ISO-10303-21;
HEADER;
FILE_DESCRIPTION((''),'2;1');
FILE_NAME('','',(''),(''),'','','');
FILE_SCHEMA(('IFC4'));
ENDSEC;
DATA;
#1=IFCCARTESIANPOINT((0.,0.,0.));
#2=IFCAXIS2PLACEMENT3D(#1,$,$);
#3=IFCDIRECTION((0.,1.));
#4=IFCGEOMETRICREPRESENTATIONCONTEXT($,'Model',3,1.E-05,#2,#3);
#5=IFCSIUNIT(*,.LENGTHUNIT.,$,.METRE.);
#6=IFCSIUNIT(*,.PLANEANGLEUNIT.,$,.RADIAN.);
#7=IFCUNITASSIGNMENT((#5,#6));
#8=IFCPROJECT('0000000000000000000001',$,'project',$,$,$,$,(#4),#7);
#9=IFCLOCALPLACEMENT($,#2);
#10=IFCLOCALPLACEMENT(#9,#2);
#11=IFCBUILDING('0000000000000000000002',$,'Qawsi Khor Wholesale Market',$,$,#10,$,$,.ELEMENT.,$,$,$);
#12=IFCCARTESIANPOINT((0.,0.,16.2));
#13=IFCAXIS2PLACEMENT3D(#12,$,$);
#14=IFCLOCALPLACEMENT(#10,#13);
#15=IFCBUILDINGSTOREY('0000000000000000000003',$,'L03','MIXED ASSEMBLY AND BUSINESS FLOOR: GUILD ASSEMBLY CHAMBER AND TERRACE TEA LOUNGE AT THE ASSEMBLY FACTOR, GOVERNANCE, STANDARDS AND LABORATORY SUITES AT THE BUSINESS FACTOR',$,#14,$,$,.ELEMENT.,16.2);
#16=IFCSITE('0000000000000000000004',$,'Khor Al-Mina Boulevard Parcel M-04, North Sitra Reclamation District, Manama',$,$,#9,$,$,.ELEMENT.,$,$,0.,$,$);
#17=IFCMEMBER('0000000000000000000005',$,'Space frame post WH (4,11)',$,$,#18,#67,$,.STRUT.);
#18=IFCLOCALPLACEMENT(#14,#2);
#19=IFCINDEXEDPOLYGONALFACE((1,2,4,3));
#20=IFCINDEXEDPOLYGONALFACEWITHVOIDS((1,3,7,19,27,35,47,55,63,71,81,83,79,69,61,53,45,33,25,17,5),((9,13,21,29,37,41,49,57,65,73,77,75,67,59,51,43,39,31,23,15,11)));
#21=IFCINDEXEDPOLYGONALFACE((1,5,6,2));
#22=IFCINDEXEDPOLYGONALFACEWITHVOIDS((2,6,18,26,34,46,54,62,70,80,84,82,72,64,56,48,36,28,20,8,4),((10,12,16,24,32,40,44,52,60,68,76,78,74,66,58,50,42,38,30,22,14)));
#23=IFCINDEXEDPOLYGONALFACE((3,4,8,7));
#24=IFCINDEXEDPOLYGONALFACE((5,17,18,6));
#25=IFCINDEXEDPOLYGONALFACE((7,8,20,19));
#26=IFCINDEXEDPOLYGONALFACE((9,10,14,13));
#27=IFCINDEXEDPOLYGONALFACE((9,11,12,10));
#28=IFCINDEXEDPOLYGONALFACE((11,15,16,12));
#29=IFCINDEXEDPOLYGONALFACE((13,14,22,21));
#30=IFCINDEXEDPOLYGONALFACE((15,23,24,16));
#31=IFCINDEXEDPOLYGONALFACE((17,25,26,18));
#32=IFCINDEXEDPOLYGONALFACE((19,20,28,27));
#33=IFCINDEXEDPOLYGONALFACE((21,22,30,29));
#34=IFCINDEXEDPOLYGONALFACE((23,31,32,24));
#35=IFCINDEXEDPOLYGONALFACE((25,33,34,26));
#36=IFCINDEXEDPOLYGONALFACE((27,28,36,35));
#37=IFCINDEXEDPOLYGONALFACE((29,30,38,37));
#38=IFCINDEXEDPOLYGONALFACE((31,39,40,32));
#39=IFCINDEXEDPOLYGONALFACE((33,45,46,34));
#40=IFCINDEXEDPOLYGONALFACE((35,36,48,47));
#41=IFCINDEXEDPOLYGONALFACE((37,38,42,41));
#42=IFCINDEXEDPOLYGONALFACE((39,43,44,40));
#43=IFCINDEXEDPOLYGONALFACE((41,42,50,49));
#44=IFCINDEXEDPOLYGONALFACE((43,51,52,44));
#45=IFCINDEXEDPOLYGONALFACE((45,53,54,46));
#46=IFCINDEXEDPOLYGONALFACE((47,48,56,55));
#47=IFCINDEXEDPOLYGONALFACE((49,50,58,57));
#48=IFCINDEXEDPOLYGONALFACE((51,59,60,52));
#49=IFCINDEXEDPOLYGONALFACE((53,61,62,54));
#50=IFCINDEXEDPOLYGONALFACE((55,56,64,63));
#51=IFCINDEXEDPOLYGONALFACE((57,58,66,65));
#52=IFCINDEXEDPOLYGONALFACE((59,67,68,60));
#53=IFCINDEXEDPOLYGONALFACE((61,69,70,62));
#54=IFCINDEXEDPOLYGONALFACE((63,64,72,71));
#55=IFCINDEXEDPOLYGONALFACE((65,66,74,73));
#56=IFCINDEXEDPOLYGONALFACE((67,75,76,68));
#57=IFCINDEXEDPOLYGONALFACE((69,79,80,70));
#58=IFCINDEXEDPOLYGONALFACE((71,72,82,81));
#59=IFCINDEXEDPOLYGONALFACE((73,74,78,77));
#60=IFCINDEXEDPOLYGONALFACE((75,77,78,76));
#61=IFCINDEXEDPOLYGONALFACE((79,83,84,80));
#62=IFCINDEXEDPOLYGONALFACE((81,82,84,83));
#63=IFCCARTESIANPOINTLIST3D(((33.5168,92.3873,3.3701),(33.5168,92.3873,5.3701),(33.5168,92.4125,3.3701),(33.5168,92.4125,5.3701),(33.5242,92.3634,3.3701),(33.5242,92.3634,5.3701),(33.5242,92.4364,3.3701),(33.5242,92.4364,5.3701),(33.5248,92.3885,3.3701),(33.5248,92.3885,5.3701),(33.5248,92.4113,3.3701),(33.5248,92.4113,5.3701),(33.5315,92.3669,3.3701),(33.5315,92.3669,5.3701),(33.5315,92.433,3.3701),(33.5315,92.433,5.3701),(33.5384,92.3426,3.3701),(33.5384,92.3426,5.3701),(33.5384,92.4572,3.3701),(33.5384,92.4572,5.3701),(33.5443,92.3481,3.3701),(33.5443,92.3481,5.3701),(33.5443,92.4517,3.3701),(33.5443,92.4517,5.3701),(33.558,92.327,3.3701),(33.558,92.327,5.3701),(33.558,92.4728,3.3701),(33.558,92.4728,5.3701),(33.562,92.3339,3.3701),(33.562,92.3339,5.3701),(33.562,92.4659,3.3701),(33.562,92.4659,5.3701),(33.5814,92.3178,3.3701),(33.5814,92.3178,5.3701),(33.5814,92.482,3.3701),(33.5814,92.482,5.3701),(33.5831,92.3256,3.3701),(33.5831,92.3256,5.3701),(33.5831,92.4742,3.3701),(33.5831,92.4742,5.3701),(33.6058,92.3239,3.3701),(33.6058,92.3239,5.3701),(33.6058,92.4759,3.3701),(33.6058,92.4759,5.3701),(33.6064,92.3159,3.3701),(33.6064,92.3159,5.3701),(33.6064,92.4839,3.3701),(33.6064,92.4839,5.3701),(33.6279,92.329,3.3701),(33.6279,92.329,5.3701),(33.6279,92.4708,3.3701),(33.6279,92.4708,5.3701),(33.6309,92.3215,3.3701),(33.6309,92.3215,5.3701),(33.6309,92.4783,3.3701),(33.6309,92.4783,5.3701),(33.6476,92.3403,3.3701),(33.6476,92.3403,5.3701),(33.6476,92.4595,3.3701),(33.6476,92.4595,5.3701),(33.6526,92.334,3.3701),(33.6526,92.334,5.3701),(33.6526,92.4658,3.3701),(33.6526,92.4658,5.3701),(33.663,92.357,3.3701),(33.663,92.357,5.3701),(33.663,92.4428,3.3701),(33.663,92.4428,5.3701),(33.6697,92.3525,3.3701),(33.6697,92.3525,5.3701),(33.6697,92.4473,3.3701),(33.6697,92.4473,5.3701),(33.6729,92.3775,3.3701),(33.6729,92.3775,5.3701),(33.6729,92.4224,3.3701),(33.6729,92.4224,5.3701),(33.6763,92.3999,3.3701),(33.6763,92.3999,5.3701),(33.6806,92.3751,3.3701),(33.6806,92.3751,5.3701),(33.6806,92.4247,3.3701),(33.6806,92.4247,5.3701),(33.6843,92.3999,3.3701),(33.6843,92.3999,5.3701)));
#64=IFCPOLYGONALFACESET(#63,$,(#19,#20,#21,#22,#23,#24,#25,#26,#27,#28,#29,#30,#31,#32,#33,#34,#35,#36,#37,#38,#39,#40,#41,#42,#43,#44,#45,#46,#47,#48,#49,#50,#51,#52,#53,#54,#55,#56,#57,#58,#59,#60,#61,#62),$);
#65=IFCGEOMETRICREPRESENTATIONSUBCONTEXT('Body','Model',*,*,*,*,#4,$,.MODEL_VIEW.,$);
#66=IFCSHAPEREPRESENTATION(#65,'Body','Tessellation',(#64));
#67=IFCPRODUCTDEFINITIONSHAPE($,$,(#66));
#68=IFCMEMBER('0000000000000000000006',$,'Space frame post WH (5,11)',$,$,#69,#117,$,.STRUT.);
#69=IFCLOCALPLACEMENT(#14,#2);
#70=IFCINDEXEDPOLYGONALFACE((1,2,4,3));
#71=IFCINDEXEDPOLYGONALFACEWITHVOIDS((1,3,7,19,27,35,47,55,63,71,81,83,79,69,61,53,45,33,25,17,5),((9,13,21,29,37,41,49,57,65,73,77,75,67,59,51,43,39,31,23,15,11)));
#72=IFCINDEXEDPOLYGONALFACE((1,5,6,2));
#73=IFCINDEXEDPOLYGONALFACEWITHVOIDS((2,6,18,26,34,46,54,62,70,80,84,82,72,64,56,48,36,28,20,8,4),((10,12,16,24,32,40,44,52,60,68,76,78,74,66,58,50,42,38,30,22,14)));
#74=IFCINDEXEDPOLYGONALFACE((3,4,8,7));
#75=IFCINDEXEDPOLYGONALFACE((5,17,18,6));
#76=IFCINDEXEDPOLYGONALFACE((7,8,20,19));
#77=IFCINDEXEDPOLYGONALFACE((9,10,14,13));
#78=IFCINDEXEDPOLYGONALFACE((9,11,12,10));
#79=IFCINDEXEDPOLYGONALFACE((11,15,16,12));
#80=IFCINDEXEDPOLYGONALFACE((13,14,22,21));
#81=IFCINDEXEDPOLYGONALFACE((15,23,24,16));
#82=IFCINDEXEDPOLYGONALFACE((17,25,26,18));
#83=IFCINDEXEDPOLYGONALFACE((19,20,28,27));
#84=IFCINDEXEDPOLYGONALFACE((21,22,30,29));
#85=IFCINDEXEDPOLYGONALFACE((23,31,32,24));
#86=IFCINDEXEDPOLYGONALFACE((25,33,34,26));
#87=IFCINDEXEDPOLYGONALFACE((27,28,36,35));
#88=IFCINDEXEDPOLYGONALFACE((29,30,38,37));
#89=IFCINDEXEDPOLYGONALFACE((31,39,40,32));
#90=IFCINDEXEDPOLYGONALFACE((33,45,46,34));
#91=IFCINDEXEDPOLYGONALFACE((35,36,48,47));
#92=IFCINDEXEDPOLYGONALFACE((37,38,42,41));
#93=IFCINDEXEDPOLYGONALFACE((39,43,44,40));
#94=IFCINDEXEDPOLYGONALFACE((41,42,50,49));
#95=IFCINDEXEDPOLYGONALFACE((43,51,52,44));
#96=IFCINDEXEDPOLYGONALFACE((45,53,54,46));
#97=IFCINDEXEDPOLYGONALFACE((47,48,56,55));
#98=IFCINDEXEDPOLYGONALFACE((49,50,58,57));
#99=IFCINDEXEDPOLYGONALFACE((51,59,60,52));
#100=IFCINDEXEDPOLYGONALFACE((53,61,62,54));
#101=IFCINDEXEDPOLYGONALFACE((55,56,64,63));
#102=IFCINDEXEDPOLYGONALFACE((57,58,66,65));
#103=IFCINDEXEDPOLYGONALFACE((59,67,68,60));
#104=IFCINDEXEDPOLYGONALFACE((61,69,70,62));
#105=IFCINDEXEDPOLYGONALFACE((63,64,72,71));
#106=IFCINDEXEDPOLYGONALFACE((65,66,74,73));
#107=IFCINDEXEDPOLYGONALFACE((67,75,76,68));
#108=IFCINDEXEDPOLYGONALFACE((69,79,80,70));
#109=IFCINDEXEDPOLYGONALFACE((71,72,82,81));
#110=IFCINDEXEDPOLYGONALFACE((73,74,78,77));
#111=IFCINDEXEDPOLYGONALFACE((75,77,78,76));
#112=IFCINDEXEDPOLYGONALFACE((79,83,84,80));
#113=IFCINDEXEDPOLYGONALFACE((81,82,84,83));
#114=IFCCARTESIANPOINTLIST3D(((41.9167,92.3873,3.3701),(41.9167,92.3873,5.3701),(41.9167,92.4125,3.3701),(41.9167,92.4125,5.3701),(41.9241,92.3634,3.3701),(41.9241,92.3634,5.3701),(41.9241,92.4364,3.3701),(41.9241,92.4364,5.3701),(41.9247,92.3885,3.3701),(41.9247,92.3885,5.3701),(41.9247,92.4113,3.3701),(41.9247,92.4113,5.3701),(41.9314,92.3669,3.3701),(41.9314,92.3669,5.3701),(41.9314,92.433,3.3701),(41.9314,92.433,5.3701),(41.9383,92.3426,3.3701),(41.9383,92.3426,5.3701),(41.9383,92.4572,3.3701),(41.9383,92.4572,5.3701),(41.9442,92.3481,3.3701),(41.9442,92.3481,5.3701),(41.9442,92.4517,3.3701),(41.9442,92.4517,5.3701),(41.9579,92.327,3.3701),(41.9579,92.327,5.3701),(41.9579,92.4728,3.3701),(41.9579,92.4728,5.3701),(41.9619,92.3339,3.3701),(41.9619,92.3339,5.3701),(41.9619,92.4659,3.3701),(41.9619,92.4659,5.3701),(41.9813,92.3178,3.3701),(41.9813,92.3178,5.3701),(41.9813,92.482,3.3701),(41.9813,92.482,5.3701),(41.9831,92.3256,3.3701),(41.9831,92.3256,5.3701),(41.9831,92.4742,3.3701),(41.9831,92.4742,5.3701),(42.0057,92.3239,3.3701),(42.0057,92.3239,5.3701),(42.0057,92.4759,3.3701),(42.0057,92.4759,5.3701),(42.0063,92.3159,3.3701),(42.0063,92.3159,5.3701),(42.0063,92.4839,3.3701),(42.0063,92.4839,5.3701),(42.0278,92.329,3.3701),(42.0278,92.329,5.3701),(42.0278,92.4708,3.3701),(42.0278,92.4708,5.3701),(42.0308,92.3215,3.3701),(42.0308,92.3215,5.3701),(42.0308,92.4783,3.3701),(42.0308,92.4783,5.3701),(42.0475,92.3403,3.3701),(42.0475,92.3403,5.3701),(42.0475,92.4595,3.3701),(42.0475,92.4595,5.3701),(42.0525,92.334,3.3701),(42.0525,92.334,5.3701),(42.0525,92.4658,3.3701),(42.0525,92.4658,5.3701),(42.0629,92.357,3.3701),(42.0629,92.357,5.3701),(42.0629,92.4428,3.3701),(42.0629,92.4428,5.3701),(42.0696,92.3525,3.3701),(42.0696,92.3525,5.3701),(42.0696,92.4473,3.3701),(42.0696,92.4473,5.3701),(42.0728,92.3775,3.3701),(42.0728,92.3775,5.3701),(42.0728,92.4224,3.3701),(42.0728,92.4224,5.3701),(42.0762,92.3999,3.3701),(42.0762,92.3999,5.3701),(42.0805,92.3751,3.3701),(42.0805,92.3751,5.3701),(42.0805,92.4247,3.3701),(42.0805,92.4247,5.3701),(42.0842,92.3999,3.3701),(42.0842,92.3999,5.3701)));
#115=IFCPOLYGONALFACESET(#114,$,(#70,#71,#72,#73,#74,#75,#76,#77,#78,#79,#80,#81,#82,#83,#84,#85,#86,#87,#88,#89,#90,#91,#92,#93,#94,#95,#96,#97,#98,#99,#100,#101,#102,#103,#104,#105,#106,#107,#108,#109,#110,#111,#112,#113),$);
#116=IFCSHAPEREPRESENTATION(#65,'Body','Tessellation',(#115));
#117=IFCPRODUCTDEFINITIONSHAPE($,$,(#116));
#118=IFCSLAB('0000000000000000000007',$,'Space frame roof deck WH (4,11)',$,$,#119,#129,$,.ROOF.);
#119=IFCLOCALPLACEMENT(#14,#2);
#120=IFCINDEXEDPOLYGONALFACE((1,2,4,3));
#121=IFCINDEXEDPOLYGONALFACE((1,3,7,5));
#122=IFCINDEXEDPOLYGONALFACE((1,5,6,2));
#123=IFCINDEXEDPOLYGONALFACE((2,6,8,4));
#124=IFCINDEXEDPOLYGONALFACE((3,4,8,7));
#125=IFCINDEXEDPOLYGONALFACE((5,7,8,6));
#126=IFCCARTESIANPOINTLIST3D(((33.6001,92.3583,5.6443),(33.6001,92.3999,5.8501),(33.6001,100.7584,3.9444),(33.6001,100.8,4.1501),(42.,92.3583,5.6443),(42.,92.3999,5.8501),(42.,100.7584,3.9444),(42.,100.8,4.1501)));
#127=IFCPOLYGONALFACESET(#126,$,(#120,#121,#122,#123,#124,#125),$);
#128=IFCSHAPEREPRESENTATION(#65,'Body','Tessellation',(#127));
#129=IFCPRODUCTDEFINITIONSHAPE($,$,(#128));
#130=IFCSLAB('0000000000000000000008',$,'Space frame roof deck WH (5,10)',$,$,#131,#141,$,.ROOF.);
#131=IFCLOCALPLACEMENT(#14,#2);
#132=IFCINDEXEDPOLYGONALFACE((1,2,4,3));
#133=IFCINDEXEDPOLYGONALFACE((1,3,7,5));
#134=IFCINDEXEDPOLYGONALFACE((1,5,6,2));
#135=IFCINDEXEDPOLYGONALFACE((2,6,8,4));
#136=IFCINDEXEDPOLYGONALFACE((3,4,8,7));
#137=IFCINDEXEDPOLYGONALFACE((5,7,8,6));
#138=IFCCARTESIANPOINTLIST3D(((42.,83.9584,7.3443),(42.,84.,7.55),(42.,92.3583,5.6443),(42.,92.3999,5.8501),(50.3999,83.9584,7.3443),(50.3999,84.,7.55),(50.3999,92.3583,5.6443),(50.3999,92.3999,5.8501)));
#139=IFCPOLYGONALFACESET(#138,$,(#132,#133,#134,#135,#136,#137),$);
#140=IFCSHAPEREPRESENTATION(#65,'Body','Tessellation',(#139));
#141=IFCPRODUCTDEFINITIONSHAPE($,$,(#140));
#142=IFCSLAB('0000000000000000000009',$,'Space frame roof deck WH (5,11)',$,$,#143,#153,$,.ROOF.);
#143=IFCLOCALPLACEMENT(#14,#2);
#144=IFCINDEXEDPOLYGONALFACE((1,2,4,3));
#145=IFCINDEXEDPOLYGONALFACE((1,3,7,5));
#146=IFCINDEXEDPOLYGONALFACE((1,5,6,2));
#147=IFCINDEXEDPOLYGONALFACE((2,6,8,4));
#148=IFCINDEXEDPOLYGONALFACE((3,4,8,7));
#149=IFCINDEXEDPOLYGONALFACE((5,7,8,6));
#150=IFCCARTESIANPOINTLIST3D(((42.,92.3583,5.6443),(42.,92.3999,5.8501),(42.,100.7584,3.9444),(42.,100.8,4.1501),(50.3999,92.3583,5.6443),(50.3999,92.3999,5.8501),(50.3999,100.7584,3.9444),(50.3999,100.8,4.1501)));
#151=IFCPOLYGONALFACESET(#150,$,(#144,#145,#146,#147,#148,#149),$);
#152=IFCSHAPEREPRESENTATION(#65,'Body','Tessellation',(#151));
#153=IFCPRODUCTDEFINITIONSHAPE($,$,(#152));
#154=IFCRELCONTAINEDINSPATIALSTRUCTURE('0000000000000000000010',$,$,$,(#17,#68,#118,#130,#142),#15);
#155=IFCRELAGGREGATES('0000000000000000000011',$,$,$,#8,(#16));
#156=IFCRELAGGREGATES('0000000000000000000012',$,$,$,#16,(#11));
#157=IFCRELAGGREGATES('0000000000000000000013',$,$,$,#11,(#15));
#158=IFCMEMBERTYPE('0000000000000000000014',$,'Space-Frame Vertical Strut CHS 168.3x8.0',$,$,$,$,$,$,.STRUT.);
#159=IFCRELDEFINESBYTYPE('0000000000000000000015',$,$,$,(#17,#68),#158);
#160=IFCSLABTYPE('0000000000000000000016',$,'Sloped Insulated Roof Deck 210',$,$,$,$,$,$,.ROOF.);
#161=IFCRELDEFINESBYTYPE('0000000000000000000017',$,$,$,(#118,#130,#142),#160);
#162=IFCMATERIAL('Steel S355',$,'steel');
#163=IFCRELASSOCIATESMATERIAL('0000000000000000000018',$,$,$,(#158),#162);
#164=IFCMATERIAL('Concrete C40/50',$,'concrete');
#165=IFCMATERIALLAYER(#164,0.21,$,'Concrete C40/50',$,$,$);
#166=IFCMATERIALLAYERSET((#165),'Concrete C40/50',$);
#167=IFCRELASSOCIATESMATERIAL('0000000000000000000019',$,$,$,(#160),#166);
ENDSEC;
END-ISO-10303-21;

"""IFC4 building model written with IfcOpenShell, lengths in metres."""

from ifc_helpers import new_model, si_unit, direction, frame, origin, origin_2d, place, context, subcontext, project, spatial, polyline, hollow_circle, outline, extrude, material, layer, layer_set, material_profile, profile_set, type_object, element, save


model = new_model("IFC4")

# Units and contexts
model_context = context("Model", 3, precision=1e-05, world=origin(), true_north=direction((0.0, 1.0)))
body_context = subcontext(model_context, "Body", "Model", "MODEL_VIEW")
ifc_project = project(units=[si_unit("LENGTHUNIT", "METRE"), si_unit("PLANEANGLEUNIT", "RADIAN")], contexts=[model_context])

# Site, building, storey
site_placement = place(None, origin())
site = spatial("IfcSite", under=ifc_project, at=site_placement, Name="Khor Al-Mina Boulevard Parcel M-04, North Sitra Reclamation District, Manama", CompositionType="ELEMENT", RefElevation=0.0)
building_placement = place(site_placement, origin())
building = spatial("IfcBuilding", under=site, at=building_placement, Name="Qawsi Khor Wholesale Market", CompositionType="ELEMENT")
storey_placement = place(building_placement, frame((0.0, 0.0, 16.2)))
storey = spatial("IfcBuildingStorey", under=building, at=storey_placement, Name="L03", Description="MIXED ASSEMBLY AND BUSINESS FLOOR: GUILD ASSEMBLY CHAMBER AND TERRACE TEA LOUNGE AT THE ASSEMBLY FACTOR, GOVERNANCE, STANDARDS AND LABORATORY SUITES AT THE BUSINESS FACTOR", CompositionType="ELEMENT", Elevation=16.2)

# Members
ifc_material_1 = material(Name="Steel S355", Category="steel")
ifc_material_profile_1 = material_profile(ifc_material_1, hollow_circle(Radius=0.0842, WallThickness=0.0081, at=origin_2d()), Name="CHS 168.3x8.0")
ifc_profile_set_1 = profile_set([ifc_material_profile_1], Name="Steel S355")
member_type_1 = type_object("IfcMemberType", Name="Space-Frame Vertical Strut CHS 168.3x8.0", PredefinedType="STRUT", material=ifc_profile_set_1)
for number, where, z_axis, x_axis, name in (
    (1, (33.6001, 92.3999, 3.3701), (0.0, 0.0, 1.0), (1.0, 0.0, 0.0), "Space frame post WH (4,11)"),
    (2, (42.0, 92.3999, 3.3701), (0.0, 0.0, 1.0), (1.0, 0.0, 0.0), "Space frame post WH (5,11)"),
):
    element("IfcMember", number, at=place(storey_placement, frame(where, z_axis=z_axis, x_axis=x_axis)), inside=storey, type_object=member_type_1, Name=name, PredefinedType="STRUT", context=body_context, shape_type="SweptSolid", body=[
        extrude(hollow_circle(Radius=0.0842, WallThickness=0.0081, at=origin_2d()), origin(), (0.0, 0.0, 1.0), 2.0),
    ])

# Slabs
ifc_material_2 = material(Name="Concrete C40/50", Category="concrete")
ifc_layer = layer(ifc_material_2, 0.21, Name="Concrete C40/50")
ifc_layer_set = layer_set([ifc_layer], Name="Concrete C40/50")
slab_type = type_object("IfcSlabType", Name="Sloped Insulated Roof Deck 210", PredefinedType="ROOF", material=ifc_layer_set)
slab_1_placement = place(storey_placement, frame((33.6001, 92.3999, 5.8501), z_axis=(0.0, 0.198351, 0.980131), x_axis=(1.0, 0.0, 0.0)))
element("IfcSlab", 3, at=slab_1_placement, inside=storey, type_object=slab_type, Name="Space frame roof deck WH (4,11)", PredefinedType="ROOF", context=body_context, shape_type="SweptSolid", body=[
    extrude(outline(polyline([(0.0, 0.0), (8.3999, 0.0), (8.3999, 8.5704), (0.0, 8.5704), (0.0, 0.0)])), origin(), (0.0, 0.0, -1.0), 0.21),
])
slab_2_placement = place(storey_placement, frame((42.0, 84.0, 7.55), z_axis=(0.0, 0.198356, 0.98013), x_axis=(1.0, 0.0, 0.0)))
element("IfcSlab", 4, at=slab_2_placement, inside=storey, type_object=slab_type, Name="Space frame roof deck WH (5,10)", PredefinedType="ROOF", context=body_context, shape_type="SweptSolid", body=[
    extrude(outline(polyline([(0.0, 0.0), (8.3999, 0.0), (8.3999, 8.5702), (0.0, 8.5702), (0.0, 0.0)])), origin(), (0.0, 0.0, -1.0), 0.21),
])
slab_3_placement = place(storey_placement, frame((42.0, 92.3999, 5.8501), z_axis=(0.0, 0.198351, 0.980131), x_axis=(1.0, 0.0, 0.0)))
element("IfcSlab", 5, at=slab_3_placement, inside=storey, type_object=slab_type, Name="Space frame roof deck WH (5,11)", PredefinedType="ROOF", context=body_context, shape_type="SweptSolid", body=[
    extrude(outline(polyline([(0.0, 0.0), (8.3999, 0.0), (8.3999, 8.5704), (0.0, 8.5704), (0.0, 0.0)])), origin(), (0.0, 0.0, -1.0), 0.21),
])

save(model, "model.ifc")
